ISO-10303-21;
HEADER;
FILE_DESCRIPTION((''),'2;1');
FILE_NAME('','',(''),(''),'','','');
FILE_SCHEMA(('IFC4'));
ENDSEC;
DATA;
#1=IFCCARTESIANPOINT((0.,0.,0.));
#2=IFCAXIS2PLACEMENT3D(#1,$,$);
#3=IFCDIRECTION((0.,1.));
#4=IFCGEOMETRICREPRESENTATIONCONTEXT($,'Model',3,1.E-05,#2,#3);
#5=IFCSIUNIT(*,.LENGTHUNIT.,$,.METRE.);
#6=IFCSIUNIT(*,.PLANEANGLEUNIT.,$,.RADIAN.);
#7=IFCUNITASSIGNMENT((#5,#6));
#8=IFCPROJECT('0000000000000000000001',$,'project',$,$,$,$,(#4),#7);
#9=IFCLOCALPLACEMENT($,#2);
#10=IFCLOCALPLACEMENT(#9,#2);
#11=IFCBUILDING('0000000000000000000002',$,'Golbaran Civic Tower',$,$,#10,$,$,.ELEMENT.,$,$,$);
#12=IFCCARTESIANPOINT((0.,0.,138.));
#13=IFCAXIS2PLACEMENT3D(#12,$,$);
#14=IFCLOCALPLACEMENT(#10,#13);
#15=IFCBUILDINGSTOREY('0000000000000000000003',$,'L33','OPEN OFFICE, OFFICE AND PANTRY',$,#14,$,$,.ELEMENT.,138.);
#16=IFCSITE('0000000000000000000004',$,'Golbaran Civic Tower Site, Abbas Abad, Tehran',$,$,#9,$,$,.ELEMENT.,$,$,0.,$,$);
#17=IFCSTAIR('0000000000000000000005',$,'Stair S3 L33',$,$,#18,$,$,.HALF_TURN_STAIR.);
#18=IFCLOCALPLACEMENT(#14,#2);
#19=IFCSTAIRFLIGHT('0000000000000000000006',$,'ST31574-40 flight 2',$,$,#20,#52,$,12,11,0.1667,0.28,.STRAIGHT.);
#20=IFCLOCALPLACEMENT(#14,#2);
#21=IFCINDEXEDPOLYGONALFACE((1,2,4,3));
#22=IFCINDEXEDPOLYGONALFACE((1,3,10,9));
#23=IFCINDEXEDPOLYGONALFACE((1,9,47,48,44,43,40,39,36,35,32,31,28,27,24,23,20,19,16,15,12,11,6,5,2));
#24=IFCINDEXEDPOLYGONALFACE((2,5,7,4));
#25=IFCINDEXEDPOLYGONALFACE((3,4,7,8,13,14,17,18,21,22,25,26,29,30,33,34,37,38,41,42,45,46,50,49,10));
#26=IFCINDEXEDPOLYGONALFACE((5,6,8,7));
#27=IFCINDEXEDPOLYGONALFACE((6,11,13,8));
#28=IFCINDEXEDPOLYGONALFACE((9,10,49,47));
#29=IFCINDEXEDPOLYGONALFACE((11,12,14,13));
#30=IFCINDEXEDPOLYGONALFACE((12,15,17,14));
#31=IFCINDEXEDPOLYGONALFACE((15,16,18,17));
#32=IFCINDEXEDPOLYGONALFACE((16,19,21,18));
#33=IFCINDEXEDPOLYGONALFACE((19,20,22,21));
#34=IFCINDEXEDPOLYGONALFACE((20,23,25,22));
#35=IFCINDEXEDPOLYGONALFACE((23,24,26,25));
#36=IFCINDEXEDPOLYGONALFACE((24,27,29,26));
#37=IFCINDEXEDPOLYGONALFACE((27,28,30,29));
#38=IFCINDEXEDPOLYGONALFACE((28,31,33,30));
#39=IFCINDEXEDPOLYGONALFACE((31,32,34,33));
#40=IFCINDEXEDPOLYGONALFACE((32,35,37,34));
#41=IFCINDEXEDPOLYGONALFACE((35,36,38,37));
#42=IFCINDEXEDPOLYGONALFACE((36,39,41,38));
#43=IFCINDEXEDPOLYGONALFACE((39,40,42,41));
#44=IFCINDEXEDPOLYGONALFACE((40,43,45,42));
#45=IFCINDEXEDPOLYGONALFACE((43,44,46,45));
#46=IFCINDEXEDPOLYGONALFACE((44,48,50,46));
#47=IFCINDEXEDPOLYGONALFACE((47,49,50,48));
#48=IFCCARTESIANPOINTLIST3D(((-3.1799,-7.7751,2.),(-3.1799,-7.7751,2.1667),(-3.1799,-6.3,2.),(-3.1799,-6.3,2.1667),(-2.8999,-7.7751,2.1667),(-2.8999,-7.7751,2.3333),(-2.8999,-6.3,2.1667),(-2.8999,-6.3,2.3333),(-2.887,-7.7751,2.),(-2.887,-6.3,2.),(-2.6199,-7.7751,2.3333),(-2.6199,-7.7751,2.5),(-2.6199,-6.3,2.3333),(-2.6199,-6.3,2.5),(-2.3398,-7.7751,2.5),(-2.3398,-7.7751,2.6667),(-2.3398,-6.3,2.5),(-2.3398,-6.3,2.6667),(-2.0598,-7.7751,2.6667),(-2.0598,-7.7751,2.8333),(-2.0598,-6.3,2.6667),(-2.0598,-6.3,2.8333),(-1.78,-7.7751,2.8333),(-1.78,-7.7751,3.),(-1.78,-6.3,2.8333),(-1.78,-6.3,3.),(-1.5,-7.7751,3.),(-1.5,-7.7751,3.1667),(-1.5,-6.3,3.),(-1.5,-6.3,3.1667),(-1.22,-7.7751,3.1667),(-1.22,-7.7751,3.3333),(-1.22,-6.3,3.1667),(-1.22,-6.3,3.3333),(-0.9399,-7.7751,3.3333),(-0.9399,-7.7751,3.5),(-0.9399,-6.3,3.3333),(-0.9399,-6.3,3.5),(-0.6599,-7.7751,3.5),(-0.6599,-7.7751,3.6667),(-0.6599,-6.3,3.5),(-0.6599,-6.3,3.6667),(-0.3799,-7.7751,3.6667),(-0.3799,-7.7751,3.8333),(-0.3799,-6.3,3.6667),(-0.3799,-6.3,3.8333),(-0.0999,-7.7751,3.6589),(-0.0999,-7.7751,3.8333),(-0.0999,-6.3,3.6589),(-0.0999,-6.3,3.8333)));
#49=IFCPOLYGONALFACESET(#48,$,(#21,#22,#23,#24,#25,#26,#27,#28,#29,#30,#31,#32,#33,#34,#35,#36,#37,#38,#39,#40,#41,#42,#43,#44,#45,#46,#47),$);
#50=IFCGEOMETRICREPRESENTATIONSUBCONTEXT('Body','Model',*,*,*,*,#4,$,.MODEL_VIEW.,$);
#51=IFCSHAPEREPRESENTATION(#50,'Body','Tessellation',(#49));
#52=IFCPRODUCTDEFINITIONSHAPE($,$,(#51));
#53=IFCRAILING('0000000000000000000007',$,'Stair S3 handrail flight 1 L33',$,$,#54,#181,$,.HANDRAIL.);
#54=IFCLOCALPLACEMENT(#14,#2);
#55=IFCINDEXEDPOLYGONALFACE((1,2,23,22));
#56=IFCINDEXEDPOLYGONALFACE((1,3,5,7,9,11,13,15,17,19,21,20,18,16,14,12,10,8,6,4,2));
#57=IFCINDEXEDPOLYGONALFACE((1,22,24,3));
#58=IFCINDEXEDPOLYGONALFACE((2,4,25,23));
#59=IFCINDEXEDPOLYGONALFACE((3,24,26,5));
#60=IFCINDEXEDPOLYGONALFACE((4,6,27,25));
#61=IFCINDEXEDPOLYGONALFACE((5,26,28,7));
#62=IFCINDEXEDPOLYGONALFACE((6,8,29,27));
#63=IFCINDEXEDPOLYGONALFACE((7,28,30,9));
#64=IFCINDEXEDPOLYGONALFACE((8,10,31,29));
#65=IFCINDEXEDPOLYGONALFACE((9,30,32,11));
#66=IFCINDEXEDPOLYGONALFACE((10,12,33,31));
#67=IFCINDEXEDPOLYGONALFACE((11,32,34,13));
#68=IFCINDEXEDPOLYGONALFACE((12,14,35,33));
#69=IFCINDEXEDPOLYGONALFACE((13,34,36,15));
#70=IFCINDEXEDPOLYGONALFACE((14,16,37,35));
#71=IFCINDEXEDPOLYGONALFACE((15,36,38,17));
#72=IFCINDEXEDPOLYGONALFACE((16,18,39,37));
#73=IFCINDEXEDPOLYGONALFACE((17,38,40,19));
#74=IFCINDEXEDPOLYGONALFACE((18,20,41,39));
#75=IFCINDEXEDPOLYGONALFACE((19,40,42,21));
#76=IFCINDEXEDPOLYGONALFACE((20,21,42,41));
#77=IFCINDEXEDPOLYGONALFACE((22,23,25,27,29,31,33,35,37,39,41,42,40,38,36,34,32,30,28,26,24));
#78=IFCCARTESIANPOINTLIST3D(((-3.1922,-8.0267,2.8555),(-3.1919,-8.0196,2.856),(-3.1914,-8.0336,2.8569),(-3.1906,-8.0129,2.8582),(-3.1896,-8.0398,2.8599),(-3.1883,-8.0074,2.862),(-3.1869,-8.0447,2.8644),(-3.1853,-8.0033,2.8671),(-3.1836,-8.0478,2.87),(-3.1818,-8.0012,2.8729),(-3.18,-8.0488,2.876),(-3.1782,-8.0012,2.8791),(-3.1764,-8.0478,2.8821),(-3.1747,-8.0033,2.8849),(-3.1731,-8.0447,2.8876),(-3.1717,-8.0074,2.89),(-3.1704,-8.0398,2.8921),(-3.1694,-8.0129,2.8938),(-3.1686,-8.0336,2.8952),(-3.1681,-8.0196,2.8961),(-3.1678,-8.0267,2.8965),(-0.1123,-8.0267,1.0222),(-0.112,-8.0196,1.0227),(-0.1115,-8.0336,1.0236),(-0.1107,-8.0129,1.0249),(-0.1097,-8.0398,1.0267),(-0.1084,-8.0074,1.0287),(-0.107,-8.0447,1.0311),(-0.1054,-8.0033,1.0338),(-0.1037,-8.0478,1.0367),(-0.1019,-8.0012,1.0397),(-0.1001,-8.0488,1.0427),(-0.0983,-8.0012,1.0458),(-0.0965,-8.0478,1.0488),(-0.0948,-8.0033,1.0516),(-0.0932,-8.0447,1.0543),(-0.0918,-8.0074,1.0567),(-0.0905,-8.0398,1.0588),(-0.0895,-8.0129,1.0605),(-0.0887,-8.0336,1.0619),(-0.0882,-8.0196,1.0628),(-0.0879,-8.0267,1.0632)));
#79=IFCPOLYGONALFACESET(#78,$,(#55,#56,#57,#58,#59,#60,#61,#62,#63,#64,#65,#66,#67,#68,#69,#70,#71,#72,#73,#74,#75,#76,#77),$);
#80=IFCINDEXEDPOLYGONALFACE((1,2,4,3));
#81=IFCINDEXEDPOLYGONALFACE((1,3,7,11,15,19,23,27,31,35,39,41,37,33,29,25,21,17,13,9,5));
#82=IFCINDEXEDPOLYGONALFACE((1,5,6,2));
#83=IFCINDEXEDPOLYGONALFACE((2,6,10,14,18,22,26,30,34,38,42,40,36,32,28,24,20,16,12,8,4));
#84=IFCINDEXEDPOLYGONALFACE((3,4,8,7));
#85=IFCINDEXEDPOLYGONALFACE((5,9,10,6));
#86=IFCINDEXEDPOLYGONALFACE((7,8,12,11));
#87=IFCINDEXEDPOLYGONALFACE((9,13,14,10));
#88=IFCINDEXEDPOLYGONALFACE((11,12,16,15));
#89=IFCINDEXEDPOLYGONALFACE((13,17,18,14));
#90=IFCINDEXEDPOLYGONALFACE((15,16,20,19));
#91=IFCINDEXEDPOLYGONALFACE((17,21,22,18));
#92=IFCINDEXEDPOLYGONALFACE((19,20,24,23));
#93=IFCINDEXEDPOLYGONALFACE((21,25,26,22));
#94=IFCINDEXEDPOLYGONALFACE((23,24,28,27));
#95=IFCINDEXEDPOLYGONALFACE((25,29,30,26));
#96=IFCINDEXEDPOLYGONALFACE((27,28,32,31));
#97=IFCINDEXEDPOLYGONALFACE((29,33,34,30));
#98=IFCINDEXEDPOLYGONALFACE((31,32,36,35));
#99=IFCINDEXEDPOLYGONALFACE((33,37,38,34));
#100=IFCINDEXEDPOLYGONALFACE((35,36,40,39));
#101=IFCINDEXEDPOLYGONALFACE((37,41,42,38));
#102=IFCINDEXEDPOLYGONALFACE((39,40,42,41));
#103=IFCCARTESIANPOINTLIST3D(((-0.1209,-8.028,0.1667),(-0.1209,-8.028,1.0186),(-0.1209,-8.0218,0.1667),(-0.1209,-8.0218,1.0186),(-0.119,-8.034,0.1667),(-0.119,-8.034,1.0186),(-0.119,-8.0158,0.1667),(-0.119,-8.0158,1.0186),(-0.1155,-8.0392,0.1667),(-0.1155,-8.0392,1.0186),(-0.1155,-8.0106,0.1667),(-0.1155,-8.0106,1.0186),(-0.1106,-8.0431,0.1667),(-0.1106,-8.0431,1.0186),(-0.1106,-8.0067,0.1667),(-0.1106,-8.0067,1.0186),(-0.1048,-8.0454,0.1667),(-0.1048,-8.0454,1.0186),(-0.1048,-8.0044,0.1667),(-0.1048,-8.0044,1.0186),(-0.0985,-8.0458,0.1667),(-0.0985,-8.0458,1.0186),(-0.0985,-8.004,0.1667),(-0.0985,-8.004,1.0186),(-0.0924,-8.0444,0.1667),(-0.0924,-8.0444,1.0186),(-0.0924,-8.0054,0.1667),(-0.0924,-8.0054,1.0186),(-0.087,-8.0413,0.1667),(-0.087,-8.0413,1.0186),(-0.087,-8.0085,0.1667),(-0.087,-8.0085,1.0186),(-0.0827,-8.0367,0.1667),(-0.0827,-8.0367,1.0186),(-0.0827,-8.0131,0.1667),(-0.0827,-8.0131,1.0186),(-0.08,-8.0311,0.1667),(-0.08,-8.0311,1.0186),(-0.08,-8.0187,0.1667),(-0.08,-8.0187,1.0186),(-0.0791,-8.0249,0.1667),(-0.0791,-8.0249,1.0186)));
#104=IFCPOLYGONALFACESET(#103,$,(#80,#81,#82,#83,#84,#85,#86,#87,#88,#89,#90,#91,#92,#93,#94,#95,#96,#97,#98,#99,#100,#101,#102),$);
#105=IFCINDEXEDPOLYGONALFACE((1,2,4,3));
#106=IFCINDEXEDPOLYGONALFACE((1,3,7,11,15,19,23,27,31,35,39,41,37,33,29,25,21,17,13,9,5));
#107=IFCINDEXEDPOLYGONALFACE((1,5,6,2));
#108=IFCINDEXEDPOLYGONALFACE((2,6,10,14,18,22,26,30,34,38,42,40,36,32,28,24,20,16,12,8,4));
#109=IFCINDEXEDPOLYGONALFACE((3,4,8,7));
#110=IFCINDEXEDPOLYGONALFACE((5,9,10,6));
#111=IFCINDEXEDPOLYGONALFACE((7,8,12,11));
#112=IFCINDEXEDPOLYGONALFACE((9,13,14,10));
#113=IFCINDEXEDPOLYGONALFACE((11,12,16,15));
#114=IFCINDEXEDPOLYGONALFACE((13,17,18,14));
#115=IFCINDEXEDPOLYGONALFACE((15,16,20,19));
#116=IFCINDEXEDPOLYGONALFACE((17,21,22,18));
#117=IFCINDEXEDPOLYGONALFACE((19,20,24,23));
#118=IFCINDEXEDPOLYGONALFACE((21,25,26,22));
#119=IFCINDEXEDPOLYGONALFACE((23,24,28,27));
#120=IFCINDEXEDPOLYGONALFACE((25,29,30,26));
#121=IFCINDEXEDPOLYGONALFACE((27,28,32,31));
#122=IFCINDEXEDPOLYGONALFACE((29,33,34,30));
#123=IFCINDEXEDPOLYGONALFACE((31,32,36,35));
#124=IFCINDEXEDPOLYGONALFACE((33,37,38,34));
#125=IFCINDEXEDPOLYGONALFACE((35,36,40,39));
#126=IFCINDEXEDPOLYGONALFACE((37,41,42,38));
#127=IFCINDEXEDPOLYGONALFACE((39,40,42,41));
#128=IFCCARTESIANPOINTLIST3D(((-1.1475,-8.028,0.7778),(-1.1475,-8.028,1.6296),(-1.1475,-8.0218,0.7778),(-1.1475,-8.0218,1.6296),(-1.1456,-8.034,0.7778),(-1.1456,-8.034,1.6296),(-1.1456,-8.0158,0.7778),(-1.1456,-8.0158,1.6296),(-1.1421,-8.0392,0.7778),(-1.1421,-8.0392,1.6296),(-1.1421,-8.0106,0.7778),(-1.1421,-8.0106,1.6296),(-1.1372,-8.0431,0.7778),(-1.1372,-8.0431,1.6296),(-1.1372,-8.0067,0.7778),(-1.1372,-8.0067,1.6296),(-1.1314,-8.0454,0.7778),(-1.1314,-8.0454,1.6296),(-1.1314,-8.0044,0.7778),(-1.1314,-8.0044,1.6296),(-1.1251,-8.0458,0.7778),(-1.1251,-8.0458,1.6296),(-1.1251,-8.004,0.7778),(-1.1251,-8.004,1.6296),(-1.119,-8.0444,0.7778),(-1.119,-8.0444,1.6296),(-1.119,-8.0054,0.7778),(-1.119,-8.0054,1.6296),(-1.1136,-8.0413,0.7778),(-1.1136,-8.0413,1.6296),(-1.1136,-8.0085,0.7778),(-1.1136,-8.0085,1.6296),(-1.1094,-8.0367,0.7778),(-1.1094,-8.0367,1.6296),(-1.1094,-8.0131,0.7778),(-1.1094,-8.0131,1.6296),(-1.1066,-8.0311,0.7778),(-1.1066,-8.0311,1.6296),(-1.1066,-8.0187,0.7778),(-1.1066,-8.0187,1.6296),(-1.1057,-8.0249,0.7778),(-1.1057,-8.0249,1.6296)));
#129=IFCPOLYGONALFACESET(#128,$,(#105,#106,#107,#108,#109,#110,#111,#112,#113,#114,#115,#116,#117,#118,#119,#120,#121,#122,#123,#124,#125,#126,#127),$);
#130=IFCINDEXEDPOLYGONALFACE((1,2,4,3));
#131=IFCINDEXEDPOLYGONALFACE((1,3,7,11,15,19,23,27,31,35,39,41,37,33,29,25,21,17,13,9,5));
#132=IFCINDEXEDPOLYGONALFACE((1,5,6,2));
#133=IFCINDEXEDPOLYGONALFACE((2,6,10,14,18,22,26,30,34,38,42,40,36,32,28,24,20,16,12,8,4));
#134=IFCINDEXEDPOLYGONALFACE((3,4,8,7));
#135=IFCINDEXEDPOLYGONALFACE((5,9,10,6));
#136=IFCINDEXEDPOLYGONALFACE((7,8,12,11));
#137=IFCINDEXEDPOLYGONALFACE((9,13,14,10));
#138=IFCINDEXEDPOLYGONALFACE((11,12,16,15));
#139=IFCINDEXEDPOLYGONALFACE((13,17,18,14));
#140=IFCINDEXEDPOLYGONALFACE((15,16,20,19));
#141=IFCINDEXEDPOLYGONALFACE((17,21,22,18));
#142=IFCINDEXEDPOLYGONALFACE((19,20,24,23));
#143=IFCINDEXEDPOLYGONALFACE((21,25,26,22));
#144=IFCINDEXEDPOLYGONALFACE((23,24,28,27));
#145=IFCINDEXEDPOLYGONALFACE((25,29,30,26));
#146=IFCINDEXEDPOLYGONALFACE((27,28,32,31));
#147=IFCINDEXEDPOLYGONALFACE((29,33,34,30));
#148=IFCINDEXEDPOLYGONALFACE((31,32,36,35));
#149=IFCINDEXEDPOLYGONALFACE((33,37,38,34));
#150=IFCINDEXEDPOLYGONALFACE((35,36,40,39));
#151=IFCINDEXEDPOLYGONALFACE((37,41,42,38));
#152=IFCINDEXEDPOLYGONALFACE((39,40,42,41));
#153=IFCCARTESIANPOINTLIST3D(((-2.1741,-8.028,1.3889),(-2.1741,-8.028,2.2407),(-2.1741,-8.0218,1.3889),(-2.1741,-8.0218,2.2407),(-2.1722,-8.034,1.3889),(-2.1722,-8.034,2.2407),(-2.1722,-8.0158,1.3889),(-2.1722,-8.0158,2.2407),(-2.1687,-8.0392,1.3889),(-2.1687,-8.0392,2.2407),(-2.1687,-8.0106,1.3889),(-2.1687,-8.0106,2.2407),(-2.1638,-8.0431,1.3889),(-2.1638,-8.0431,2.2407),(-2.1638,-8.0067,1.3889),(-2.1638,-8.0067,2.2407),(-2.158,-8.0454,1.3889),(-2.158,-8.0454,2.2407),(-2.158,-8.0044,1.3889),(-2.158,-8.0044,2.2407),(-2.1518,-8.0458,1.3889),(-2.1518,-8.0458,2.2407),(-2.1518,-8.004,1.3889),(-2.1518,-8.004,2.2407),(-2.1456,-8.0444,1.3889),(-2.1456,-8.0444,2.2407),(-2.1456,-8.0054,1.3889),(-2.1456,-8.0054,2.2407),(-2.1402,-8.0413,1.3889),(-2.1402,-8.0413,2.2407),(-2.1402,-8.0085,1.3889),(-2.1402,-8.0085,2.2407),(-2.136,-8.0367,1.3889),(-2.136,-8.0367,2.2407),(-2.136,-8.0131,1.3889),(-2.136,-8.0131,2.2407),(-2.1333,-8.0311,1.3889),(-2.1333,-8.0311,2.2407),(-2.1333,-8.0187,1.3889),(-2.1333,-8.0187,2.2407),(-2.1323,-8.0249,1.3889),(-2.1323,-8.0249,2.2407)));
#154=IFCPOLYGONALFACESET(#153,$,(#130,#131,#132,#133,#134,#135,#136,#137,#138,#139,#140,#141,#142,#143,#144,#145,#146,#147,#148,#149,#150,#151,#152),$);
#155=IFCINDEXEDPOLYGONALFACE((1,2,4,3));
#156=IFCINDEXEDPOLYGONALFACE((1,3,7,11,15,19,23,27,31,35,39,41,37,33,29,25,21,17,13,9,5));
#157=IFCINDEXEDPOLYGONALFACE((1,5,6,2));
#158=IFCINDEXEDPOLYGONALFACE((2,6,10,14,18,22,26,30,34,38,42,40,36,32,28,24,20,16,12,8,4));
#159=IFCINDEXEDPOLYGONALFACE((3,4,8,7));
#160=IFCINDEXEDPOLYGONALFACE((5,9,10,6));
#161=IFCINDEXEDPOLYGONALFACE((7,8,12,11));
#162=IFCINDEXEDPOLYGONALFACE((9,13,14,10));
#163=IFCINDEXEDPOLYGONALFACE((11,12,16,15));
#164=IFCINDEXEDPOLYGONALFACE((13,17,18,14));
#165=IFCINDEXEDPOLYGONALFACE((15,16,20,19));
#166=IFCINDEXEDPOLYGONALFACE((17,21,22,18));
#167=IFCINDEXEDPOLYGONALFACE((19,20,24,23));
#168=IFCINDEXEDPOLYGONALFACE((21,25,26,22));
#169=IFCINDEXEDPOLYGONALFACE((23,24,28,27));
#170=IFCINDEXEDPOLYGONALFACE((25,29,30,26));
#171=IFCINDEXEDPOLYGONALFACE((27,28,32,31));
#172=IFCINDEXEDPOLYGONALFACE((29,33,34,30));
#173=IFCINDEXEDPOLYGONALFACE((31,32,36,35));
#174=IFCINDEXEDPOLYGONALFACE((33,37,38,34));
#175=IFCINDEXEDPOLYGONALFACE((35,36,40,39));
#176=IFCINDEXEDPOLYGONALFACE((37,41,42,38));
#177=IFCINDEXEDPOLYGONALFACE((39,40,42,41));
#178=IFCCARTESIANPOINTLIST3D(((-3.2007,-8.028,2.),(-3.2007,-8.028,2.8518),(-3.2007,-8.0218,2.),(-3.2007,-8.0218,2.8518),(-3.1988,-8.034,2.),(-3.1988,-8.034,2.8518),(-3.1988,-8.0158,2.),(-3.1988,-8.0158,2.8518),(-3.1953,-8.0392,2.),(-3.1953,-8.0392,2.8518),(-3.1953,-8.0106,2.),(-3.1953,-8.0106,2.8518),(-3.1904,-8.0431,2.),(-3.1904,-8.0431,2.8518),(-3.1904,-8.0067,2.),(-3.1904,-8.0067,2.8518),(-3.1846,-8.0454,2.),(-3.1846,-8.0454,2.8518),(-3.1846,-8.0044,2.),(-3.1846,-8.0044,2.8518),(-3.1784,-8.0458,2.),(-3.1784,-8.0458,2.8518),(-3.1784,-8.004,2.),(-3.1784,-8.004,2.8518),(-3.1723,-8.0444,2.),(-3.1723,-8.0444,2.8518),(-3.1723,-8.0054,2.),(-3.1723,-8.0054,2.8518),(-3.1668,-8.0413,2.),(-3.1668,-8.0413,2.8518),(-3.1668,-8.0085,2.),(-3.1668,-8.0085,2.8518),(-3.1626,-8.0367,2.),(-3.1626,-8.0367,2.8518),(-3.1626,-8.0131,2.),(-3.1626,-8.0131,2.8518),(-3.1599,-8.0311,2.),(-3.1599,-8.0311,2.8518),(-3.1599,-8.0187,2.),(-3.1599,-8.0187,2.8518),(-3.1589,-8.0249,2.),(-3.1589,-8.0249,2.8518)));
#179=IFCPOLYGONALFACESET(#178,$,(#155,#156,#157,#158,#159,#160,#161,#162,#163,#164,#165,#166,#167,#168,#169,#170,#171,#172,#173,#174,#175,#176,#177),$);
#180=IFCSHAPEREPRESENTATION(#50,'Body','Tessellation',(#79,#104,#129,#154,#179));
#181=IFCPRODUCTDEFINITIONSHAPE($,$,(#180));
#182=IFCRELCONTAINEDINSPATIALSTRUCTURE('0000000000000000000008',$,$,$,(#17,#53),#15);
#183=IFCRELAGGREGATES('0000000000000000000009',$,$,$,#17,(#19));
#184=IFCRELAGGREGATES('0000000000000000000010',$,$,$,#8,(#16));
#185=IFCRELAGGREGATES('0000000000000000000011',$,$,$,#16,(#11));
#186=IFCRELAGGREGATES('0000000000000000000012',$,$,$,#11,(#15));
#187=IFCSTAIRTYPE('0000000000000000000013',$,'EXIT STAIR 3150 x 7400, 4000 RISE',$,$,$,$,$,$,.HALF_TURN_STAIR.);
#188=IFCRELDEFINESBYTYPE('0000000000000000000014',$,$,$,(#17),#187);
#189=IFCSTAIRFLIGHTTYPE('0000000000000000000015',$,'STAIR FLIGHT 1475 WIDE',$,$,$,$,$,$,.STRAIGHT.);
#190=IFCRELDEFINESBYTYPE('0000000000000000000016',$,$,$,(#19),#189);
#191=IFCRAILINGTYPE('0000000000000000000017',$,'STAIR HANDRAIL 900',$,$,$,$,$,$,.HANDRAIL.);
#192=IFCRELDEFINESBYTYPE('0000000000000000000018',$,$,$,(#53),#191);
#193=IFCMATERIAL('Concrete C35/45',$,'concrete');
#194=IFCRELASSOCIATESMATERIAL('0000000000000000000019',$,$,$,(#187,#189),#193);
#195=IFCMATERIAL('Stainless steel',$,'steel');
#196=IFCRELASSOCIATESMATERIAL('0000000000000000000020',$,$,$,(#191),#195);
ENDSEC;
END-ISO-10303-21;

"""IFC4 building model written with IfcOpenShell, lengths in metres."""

from ifc_helpers import new_model, si_unit, direction, frame, origin, origin_2d, place, context, subcontext, project, spatial, polyline, circle, outline, extrude, material, type_object, element, aggregate, save


model = new_model("IFC4")

# Units and contexts
model_context = context("Model", 3, precision=1e-05, world=origin(), true_north=direction((0.0, 1.0)))
body_context = subcontext(model_context, "Body", "Model", "MODEL_VIEW")
ifc_project = project(units=[si_unit("LENGTHUNIT", "METRE"), si_unit("PLANEANGLEUNIT", "RADIAN")], contexts=[model_context])

# Site, building, storey
site_placement = place(None, origin())
site = spatial("IfcSite", under=ifc_project, at=site_placement, Name="Golbaran Civic Tower Site, Abbas Abad, Tehran", CompositionType="ELEMENT", RefElevation=0.0)
building_placement = place(site_placement, origin())
building = spatial("IfcBuilding", under=site, at=building_placement, Name="Golbaran Civic Tower", CompositionType="ELEMENT")
storey_placement = place(building_placement, frame((0.0, 0.0, 138.0)))
storey = spatial("IfcBuildingStorey", under=building, at=storey_placement, Name="L33", Description="OPEN OFFICE, OFFICE AND PANTRY", CompositionType="ELEMENT", Elevation=138.0)

# Stair, stair flight
ifc_material_1 = material(Name="Concrete C35/45", Category="concrete")
stair_type = type_object("IfcStairType", Name="EXIT STAIR 3150 x 7400, 4000 RISE", PredefinedType="HALF_TURN_STAIR", material=ifc_material_1)
stair_placement = place(storey_placement, origin())
stair = element("IfcStair", 1, at=stair_placement, inside=storey, type_object=stair_type, Name="Stair S3 L33", PredefinedType="HALF_TURN_STAIR")
stair_flight_type = type_object("IfcStairFlightType", Name="STAIR FLIGHT 1475 WIDE", PredefinedType="STRAIGHT", material=ifc_material_1)
stair_flight_1_placement = place(storey_placement, frame((-3.1799, -7.0376, 2.0), z_axis=(0.0, 0.0, 1.0), x_axis=(1.0, 0.0, 0.0)))
stair_flight_1 = element("IfcStairFlight", 2, at=stair_flight_1_placement, type_object=stair_flight_type, Name="ST31574-40 flight 2", NumberOfRisers=12, NumberOfTreads=11, PredefinedType="STRAIGHT", RiserHeight=0.1667, TreadLength=0.28, context=body_context, shape_type="SweptSolid", body=[
    extrude(outline(polyline([(0.0, 0.0), (0.0, 0.1667), (0.28, 0.1667), (0.28, 0.3333), (0.5601, 0.3333), (0.5601, 0.5), (0.8401, 0.5), (0.8401, 0.6667), (1.1201, 0.6667), (1.1201, 0.8333), (1.3999, 0.8333), (1.3999, 1.0), (1.6799, 1.0), (1.6799, 1.1667), (1.96, 1.1667), (1.96, 1.3333), (2.24, 1.3333), (2.24, 1.5), (2.52, 1.5), (2.52, 1.6667), (2.8, 1.6667), (2.8, 1.8333), (3.0801, 1.8333), (3.0801, 2.0), (3.0801, 1.6589), (0.293, 0.0), (0.0, 0.0)])), frame((0.0, 0.7375, 0.0), z_axis=(0.0, -1.0, 0.0), x_axis=(1.0, 0.0, 0.0)), (0.0, 0.0, 1.0), 1.4751),
])
aggregate(stair, [stair_flight_1])

# Railing
ifc_material_2 = material(Name="Stainless steel", Category="steel")
railing_type = type_object("IfcRailingType", Name="STAIR HANDRAIL 900", PredefinedType="HANDRAIL", material=ifc_material_2)
railing_1_placement = place(storey_placement, frame((-0.1001, -8.0249, 0.1667)))
element("IfcRailing", 3, at=railing_1_placement, inside=storey, type_object=railing_type, Name="Stair S3 handrail flight 1 L33", PredefinedType="HANDRAIL", context=body_context, shape_type="SweptSolid", body=[
    extrude(circle(Radius=0.0239, at=origin_2d()), frame((0.0, 0.0, 0.876), z_axis=(-0.859291, 0.0, 0.511487), x_axis=(0.0, -1.0, 0.0)), (0.0, 0.0, 1.0), 3.5842),
    extrude(circle(Radius=0.021, at=origin_2d()), origin(), (0.0, 0.0, 1.0), 0.8518),
    extrude(circle(Radius=0.021, at=origin_2d()), frame((-1.0266, 0.0, 0.6111)), (0.0, 0.0, 1.0), 0.8518),
    extrude(circle(Radius=0.021, at=origin_2d()), frame((-2.0532, 0.0, 1.2222)), (0.0, 0.0, 1.0), 0.8518),
    extrude(circle(Radius=0.021, at=origin_2d()), frame((-3.0798, 0.0, 1.8333)), (0.0, 0.0, 1.0), 0.8518),
])

save(model, "model.ifc")
